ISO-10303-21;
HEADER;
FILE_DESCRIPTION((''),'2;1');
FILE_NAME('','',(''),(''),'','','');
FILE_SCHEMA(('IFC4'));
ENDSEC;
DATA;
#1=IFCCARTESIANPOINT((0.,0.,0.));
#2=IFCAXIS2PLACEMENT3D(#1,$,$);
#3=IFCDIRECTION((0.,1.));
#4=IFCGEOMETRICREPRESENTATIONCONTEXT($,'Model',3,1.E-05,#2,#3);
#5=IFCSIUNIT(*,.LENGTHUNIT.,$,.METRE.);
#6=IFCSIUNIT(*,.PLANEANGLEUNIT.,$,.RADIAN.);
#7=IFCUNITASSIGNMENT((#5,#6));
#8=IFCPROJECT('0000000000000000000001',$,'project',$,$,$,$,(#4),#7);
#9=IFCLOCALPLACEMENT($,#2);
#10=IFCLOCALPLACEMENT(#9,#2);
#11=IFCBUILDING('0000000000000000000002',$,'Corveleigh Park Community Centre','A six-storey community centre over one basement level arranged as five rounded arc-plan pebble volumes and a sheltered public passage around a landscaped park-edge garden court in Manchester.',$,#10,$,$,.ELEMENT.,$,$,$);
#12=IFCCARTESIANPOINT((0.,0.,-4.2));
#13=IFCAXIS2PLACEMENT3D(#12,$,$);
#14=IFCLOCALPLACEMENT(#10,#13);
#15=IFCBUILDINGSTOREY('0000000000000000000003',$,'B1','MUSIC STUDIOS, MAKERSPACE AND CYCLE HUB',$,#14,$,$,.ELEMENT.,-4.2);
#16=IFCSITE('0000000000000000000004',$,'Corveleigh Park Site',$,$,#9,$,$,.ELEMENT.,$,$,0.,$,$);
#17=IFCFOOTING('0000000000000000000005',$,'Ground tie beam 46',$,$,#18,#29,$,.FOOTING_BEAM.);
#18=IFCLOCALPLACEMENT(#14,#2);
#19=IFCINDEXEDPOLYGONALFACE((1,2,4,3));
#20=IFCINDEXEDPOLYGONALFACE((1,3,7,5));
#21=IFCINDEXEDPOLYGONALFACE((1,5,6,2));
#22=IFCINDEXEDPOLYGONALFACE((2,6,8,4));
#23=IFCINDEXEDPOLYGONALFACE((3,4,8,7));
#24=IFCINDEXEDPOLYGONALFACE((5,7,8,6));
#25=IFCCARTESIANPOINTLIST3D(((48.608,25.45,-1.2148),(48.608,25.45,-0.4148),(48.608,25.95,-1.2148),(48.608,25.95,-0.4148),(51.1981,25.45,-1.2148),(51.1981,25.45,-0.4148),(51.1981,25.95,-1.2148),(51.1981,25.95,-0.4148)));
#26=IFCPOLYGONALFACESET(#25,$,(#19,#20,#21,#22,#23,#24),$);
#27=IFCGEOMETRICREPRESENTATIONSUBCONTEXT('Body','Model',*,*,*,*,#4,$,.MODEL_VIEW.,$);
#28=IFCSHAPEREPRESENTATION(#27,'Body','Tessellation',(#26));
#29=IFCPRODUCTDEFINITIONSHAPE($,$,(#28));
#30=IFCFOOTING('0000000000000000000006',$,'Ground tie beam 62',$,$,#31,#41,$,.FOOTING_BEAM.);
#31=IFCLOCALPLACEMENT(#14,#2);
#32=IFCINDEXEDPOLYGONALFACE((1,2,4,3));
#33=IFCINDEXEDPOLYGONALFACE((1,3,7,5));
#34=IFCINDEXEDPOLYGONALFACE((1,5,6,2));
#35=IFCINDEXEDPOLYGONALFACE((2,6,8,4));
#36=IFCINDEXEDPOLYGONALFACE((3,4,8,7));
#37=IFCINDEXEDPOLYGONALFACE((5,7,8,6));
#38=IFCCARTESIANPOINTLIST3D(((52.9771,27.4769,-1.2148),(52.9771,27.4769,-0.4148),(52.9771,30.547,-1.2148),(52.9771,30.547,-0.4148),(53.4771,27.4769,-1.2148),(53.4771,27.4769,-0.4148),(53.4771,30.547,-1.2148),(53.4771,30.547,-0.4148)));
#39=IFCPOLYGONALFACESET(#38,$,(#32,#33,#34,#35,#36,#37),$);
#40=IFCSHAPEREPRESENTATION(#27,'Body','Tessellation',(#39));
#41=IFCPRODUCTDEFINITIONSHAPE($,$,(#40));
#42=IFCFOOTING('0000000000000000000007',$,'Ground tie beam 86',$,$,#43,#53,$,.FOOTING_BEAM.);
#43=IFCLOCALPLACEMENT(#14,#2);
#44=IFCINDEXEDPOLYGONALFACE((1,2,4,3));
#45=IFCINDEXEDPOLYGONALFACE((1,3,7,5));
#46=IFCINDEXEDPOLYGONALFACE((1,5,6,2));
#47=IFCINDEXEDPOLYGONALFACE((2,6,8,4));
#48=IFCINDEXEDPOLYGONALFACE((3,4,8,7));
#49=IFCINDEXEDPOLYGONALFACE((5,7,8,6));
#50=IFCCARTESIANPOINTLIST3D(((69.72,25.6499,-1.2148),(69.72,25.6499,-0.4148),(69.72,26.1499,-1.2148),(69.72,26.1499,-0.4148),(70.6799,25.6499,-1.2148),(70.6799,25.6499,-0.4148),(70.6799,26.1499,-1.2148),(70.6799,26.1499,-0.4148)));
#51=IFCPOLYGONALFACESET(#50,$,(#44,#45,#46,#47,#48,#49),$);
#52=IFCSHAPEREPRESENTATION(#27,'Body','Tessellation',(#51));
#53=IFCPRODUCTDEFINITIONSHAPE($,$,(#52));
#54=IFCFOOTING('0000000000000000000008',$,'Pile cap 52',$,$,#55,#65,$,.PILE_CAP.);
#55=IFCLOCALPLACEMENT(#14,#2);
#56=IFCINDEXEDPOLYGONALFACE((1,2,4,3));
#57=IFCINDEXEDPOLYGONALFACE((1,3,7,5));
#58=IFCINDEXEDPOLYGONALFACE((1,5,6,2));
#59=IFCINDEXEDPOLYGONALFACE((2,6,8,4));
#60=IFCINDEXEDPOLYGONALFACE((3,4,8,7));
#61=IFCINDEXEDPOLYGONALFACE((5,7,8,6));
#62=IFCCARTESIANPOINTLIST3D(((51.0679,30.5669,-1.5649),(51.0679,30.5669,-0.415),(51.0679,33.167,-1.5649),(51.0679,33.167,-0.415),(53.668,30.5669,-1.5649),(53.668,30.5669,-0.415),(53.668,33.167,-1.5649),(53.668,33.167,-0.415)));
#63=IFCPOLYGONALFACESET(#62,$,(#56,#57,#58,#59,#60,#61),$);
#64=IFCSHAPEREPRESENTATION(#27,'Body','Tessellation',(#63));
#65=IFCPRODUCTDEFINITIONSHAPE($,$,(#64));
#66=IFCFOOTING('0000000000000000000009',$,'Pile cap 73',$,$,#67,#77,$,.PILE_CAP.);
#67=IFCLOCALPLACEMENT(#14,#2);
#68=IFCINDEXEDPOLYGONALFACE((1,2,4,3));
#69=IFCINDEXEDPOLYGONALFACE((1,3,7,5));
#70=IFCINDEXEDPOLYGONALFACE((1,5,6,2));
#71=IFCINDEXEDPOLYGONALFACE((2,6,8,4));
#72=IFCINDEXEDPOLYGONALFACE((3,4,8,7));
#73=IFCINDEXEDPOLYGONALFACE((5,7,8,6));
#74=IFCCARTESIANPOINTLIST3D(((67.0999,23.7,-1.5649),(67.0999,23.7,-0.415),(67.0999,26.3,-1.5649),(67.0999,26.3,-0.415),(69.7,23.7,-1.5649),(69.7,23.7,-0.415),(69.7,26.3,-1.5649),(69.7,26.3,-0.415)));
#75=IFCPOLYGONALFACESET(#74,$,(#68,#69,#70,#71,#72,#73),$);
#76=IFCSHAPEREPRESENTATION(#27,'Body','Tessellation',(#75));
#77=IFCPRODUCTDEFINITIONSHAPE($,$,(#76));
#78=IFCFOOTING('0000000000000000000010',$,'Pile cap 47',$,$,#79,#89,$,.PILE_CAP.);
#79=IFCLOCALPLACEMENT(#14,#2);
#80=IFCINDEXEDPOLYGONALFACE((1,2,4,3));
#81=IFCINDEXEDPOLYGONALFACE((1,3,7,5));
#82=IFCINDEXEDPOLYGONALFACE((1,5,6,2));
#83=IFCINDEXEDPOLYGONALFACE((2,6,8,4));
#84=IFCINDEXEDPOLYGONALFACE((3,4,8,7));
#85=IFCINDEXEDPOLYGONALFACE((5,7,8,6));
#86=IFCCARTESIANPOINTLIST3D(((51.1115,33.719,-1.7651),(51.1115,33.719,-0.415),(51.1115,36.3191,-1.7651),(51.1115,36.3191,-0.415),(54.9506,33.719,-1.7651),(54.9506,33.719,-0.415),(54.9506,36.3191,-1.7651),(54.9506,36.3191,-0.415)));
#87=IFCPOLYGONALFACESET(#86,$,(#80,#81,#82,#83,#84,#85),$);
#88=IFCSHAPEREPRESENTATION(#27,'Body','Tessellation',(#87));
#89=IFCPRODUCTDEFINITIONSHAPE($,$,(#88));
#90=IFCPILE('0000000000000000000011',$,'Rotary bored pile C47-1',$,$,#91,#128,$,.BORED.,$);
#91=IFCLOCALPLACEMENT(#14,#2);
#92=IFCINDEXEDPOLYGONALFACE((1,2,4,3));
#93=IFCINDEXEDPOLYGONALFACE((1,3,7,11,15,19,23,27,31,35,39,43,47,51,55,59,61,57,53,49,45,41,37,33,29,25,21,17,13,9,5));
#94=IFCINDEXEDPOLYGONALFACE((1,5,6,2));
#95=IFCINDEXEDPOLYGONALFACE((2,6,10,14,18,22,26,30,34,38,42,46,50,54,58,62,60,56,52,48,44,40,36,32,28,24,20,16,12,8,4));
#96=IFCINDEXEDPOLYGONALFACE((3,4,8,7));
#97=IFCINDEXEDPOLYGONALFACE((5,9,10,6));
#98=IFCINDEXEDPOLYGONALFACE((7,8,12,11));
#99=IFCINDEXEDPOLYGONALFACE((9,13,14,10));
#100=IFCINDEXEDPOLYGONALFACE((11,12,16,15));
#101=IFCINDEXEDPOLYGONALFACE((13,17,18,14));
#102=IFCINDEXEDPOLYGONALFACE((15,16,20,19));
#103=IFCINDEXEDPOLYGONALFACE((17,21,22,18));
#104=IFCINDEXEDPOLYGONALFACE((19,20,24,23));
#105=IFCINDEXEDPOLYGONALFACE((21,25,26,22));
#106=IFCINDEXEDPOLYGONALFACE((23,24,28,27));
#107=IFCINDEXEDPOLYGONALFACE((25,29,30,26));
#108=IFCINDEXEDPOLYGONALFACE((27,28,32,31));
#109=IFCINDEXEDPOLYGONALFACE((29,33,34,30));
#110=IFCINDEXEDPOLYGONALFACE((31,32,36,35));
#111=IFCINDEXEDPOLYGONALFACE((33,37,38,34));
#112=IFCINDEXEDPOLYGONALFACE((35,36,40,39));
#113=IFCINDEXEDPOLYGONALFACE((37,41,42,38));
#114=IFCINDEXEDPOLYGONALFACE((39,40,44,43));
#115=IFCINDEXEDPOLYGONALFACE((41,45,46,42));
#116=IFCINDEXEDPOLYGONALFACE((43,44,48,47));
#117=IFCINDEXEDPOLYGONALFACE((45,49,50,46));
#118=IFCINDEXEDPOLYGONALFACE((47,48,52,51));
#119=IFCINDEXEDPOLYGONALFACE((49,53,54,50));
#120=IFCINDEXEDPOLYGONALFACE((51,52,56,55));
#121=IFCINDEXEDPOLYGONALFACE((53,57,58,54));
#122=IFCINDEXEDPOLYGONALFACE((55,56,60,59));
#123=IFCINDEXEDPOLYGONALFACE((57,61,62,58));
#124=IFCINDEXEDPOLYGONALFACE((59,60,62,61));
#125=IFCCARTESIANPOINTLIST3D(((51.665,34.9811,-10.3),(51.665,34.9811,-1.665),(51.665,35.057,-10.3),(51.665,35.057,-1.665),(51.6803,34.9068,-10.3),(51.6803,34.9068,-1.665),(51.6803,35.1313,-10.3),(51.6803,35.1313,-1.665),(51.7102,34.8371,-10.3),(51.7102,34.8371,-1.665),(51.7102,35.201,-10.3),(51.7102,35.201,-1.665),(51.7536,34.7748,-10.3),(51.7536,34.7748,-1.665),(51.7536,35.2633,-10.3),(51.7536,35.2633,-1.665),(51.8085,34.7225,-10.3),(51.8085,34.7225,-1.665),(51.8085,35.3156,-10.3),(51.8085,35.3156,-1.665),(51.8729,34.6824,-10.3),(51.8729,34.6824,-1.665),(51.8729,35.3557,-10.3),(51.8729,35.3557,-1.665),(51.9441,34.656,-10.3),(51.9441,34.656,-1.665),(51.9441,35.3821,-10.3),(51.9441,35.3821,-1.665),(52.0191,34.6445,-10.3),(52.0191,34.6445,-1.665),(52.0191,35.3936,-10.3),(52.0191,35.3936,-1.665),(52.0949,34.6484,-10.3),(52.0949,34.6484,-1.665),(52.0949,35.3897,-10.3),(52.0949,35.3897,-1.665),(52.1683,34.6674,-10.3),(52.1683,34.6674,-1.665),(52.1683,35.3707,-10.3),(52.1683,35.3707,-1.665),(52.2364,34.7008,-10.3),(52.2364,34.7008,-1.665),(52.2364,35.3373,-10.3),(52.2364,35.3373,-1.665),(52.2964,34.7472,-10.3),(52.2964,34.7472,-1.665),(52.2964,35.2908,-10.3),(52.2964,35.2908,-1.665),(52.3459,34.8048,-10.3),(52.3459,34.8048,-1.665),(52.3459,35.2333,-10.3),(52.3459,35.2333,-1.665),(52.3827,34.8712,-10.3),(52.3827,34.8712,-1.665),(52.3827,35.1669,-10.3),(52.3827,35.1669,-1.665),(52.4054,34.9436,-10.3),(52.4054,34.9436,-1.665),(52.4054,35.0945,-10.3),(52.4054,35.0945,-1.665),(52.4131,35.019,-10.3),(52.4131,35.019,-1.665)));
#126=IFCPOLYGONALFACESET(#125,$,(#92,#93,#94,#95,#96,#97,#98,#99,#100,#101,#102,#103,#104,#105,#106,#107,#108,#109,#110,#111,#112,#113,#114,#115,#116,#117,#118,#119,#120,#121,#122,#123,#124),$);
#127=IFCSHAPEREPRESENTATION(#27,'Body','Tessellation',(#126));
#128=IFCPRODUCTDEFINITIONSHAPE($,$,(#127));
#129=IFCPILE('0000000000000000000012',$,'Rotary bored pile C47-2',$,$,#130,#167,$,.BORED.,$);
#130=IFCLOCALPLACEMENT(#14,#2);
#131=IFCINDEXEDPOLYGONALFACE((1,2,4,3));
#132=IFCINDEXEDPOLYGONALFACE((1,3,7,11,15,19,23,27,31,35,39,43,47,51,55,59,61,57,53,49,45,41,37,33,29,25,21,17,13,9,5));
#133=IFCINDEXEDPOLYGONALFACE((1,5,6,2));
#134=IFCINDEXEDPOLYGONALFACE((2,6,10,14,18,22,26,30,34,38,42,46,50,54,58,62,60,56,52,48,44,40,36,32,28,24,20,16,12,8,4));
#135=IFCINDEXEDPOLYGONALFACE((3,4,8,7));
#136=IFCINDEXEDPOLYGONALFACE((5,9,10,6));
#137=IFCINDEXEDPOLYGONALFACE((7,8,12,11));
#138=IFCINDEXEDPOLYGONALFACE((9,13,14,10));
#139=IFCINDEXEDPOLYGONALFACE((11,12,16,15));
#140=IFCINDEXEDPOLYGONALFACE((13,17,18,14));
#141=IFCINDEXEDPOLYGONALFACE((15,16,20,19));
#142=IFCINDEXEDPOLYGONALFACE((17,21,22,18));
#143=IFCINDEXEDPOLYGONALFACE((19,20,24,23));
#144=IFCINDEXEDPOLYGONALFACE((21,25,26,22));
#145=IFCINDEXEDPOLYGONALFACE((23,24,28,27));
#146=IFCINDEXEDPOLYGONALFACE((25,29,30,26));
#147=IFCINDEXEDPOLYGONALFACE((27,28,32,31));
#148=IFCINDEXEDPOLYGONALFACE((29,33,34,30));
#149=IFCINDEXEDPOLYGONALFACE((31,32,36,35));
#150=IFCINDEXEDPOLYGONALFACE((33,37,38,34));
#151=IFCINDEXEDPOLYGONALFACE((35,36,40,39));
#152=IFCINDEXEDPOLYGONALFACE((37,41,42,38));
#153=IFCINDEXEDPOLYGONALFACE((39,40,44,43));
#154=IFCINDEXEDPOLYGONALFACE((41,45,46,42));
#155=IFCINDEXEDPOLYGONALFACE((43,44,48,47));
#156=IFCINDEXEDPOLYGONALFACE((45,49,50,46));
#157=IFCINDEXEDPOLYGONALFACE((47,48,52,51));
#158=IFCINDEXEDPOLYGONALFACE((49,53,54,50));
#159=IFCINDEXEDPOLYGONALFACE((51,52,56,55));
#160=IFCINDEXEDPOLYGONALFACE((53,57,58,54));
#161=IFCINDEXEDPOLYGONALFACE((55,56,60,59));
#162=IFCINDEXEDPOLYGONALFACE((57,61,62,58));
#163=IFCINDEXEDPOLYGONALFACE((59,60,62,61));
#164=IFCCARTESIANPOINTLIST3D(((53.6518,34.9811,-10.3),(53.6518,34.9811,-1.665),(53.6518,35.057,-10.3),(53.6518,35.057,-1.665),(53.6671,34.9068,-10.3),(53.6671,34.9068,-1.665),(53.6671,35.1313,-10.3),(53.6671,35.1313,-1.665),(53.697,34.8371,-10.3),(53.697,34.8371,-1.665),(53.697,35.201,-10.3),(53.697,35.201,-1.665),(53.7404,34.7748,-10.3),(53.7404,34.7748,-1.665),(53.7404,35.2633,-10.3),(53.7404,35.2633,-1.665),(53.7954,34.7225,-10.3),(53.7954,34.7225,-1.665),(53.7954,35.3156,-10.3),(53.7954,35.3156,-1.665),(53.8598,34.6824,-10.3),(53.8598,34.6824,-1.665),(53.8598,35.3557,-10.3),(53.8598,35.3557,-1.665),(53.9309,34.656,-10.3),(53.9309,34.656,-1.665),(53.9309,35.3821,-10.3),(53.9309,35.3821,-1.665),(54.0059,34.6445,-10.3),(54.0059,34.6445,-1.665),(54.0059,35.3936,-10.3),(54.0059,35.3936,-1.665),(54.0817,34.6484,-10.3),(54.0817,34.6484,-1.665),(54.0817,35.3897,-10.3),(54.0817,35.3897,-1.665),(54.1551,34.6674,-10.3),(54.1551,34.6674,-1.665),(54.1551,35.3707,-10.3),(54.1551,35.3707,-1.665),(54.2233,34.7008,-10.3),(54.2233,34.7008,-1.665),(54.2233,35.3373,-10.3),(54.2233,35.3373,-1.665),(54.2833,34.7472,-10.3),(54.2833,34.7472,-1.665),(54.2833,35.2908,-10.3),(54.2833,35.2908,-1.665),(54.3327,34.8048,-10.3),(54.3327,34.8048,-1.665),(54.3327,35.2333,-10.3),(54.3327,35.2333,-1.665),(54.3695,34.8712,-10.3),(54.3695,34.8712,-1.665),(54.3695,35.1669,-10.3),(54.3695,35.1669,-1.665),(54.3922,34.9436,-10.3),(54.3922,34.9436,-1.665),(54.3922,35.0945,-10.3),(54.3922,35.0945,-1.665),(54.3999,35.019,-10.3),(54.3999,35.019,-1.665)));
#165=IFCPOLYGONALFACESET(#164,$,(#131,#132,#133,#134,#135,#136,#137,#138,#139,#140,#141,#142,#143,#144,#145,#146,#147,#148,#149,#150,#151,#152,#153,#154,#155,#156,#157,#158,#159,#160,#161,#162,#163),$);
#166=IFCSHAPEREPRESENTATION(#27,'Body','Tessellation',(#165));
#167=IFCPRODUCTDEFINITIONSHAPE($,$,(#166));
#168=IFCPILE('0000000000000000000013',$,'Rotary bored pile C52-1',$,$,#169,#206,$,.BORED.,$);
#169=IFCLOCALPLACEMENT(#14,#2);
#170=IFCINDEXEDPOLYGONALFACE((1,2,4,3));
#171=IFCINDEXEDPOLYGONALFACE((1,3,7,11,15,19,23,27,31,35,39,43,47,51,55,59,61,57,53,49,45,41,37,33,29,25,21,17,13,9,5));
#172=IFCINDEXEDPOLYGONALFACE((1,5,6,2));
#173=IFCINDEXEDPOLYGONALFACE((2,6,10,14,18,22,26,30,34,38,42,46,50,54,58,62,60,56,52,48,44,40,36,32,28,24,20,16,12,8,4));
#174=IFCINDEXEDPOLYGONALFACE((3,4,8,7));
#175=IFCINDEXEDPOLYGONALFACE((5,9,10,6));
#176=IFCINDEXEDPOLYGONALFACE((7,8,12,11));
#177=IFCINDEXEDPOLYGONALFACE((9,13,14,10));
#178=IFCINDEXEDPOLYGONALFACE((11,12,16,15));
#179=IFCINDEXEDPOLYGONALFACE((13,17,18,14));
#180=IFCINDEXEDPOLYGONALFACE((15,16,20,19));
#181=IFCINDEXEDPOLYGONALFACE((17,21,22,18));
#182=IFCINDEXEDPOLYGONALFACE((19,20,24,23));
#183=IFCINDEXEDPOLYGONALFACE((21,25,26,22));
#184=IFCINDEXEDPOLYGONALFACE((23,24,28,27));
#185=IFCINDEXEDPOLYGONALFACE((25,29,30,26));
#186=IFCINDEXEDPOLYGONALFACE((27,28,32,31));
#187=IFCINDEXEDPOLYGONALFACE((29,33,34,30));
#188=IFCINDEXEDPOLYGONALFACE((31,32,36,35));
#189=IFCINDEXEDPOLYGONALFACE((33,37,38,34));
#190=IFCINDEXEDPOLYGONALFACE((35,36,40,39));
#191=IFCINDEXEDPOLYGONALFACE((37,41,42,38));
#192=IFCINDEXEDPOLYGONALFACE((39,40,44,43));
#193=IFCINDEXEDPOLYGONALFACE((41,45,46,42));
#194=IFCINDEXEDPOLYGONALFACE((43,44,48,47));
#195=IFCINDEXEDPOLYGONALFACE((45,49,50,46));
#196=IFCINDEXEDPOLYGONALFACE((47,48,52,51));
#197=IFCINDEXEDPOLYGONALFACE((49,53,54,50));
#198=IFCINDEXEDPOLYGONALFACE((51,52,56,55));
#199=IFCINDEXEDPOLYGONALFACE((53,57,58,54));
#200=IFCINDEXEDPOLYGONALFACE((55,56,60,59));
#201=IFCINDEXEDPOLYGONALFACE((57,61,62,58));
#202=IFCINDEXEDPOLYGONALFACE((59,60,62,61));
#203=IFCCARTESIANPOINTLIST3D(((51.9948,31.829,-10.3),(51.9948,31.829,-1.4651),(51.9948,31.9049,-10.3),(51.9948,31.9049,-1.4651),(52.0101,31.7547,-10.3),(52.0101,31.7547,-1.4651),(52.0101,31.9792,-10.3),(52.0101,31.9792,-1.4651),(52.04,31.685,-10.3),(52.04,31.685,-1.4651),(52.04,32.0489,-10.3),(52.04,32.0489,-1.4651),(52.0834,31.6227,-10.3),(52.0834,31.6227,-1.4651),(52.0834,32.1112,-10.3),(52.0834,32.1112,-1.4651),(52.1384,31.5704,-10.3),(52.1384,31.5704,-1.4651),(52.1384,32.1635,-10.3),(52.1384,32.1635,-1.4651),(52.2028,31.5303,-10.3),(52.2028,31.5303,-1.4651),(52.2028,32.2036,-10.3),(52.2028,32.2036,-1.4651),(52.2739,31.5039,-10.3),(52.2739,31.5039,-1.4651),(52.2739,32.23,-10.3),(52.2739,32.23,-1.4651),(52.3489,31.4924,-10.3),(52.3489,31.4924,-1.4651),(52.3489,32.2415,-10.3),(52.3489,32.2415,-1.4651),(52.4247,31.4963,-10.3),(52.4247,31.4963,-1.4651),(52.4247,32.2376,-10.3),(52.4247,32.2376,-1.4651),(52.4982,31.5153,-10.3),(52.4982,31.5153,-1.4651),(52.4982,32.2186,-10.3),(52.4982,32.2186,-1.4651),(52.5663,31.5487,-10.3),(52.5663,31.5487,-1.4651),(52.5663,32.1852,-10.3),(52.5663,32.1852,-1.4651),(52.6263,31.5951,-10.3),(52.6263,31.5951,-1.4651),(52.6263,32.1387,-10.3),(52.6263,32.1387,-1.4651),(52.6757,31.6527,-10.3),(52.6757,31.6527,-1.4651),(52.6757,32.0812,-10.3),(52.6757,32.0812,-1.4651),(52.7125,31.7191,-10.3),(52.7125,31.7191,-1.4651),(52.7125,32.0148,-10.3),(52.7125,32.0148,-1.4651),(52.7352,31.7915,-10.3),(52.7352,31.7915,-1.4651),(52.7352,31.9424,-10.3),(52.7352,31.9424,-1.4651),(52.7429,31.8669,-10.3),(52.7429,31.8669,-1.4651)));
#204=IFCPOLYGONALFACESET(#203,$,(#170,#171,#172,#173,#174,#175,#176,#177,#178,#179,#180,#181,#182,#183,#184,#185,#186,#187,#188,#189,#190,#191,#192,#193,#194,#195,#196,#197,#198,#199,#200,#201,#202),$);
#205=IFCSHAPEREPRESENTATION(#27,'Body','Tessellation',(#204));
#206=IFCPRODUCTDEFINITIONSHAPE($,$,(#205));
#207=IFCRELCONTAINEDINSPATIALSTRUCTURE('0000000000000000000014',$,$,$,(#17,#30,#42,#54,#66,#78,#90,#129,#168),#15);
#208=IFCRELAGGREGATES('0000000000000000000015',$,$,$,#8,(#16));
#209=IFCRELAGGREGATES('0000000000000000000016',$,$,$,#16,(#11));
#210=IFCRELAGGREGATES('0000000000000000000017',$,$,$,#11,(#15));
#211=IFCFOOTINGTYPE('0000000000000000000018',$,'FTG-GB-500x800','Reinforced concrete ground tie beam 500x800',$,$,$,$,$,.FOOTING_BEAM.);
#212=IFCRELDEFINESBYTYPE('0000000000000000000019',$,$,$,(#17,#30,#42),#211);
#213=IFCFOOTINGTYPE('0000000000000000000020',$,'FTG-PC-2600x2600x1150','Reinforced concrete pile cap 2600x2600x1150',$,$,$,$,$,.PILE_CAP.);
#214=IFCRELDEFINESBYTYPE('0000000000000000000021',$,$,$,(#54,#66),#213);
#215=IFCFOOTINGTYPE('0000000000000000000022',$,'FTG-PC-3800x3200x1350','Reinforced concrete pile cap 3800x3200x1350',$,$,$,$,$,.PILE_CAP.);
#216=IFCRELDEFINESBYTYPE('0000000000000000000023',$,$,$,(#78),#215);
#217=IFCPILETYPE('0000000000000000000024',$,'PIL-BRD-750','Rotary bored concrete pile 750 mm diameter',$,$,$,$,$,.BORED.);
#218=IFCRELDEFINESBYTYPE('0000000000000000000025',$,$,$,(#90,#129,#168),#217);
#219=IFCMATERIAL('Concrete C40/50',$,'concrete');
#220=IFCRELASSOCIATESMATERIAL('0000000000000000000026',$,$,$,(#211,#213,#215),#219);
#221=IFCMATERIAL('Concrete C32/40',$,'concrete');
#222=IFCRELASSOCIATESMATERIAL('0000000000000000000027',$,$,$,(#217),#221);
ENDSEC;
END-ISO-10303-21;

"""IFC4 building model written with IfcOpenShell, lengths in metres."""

from ifc_helpers import new_model, si_unit, direction, frame, origin, origin_2d, place, context, subcontext, project, spatial, rectangle, circle, extrude, material, material_profile, profile_set, type_object, element, save


model = new_model("IFC4")

# Units and contexts
model_context = context("Model", 3, precision=1e-05, world=origin(), true_north=direction((0.0, 1.0)))
body_context = subcontext(model_context, "Body", "Model", "MODEL_VIEW")
ifc_project = project(units=[si_unit("LENGTHUNIT", "METRE"), si_unit("PLANEANGLEUNIT", "RADIAN")], contexts=[model_context])

# Site, building, storey
site_placement = place(None, origin())
site = spatial("IfcSite", under=ifc_project, at=site_placement, Name="Corveleigh Park Site", CompositionType="ELEMENT", RefElevation=0.0)
building_placement = place(site_placement, origin())
building = spatial("IfcBuilding", under=site, at=building_placement, Name="Corveleigh Park Community Centre", Description="A six-storey community centre over one basement level arranged as five rounded arc-plan pebble volumes and a sheltered public passage around a landscaped park-edge garden court in Manchester.", CompositionType="ELEMENT")
storey_placement = place(building_placement, frame((0.0, 0.0, -4.2)))
storey = spatial("IfcBuildingStorey", under=building, at=storey_placement, Name="B1", Description="MUSIC STUDIOS, MAKERSPACE AND CYCLE HUB", CompositionType="ELEMENT", Elevation=-4.2)

# Footings
ifc_material_1 = material(Name="Concrete C40/50", Category="concrete")
footing_type_1 = type_object("IfcFootingType", Name="FTG-GB-500x800", Description="Reinforced concrete ground tie beam 500x800", PredefinedType="FOOTING_BEAM", material=ifc_material_1)
footing_1_placement = place(storey_placement, frame((49.9031, 25.7, -1.2148), z_axis=(0.0, 0.0, 1.0), x_axis=(1.0, 0.0, 0.0)))
element("IfcFooting", 1, at=footing_1_placement, inside=storey, type_object=footing_type_1, Name="Ground tie beam 46", PredefinedType="FOOTING_BEAM", context=body_context, shape_type="SweptSolid", body=[
    extrude(rectangle(XDim=2.5901, YDim=0.5, at=origin_2d()), origin(), (0.0, 0.0, 1.0), 0.8),
])
footing_2_placement = place(storey_placement, frame((53.2271, 29.012, -1.2148), z_axis=(0.0, 0.0, 1.0), x_axis=(1.0, 0.0, 0.0)))
element("IfcFooting", 2, at=footing_2_placement, inside=storey, type_object=footing_type_1, Name="Ground tie beam 62", PredefinedType="FOOTING_BEAM", context=body_context, shape_type="SweptSolid", body=[
    extrude(rectangle(XDim=0.5, YDim=3.0701, at=origin_2d()), origin(), (0.0, 0.0, 1.0), 0.8),
])
footing_3_placement = place(storey_placement, frame((70.2, 25.8999, -1.2148), z_axis=(0.0, 0.0, 1.0), x_axis=(1.0, 0.0, 0.0)))
element("IfcFooting", 3, at=footing_3_placement, inside=storey, type_object=footing_type_1, Name="Ground tie beam 86", PredefinedType="FOOTING_BEAM", context=body_context, shape_type="SweptSolid", body=[
    extrude(rectangle(XDim=0.96, YDim=0.5, at=origin_2d()), origin(), (0.0, 0.0, 1.0), 0.8),
])
footing_type_2 = type_object("IfcFootingType", Name="FTG-PC-2600x2600x1150", Description="Reinforced concrete pile cap 2600x2600x1150", PredefinedType="PILE_CAP", material=ifc_material_1)
for number, where, z_axis, x_axis, name in (
    (4, (52.3679, 31.8669, -1.5649), (0.0, 0.0, 1.0), (1.0, 0.0, 0.0), "Pile cap 52"),
    (5, (68.3999, 25.0, -1.5649), (0.0, 0.0, 1.0), (1.0, 0.0, 0.0), "Pile cap 73"),
):
    element("IfcFooting", number, at=place(storey_placement, frame(where, z_axis=z_axis, x_axis=x_axis)), inside=storey, type_object=footing_type_2, Name=name, PredefinedType="PILE_CAP", context=body_context, shape_type="SweptSolid", body=[
        extrude(rectangle(XDim=2.6001, YDim=2.6001, at=origin_2d()), origin(), (0.0, 0.0, 1.0), 1.1499),
    ])
footing_type_3 = type_object("IfcFootingType", Name="FTG-PC-3800x3200x1350", Description="Reinforced concrete pile cap 3800x3200x1350", PredefinedType="PILE_CAP", material=ifc_material_1)
footing_4_placement = place(storey_placement, frame((53.031, 35.019, -1.7651), z_axis=(0.0, 0.0, 1.0), x_axis=(1.0, 0.0, 0.0)))
element("IfcFooting", 6, at=footing_4_placement, inside=storey, type_object=footing_type_3, Name="Pile cap 47", PredefinedType="PILE_CAP", context=body_context, shape_type="SweptSolid", body=[
    extrude(rectangle(XDim=3.8391, YDim=2.6001, at=origin_2d()), origin(), (0.0, 0.0, 1.0), 1.3501),
])

# Piles
ifc_material_2 = material(Name="Concrete C32/40", Category="concrete")
ifc_material_profile_1 = material_profile(ifc_material_2, circle(Radius=0.375, at=origin_2d()), Name="BORED-PILE-750", Category="concrete")
ifc_profile_set_1 = profile_set([ifc_material_profile_1], Name="Concrete C32/40")
pile_type_1 = type_object("IfcPileType", Name="PIL-BRD-750", Description="Rotary bored concrete pile 750 mm diameter", PredefinedType="BORED", material=ifc_profile_set_1)
for number, where, z_axis, x_axis, name in (
    (7, (52.0381, 35.019, -1.665), (0.0, 0.0, -1.0), (1.0, 0.0, 0.0), "Rotary bored pile C47-1"),
    (8, (54.0249, 35.019, -1.665), (0.0, 0.0, -1.0), (1.0, 0.0, 0.0), "Rotary bored pile C47-2"),
):
    element("IfcPile", number, at=place(storey_placement, frame(where, z_axis=z_axis, x_axis=x_axis)), inside=storey, type_object=pile_type_1, Name=name, PredefinedType="BORED", context=body_context, shape_type="SweptSolid", body=[
        extrude(circle(Radius=0.375, at=origin_2d()), origin(), (0.0, 0.0, 1.0), 8.635),
    ])
for number, where, z_axis, x_axis, name in (
    (9, (52.3679, 31.8669, -1.4651), (0.0, 0.0, -1.0), (1.0, 0.0, 0.0), "Rotary bored pile C52-1"),
):
    element("IfcPile", number, at=place(storey_placement, frame(where, z_axis=z_axis, x_axis=x_axis)), inside=storey, type_object=pile_type_1, Name=name, PredefinedType="BORED", context=body_context, shape_type="SweptSolid", body=[
        extrude(circle(Radius=0.375, at=origin_2d()), origin(), (0.0, 0.0, 1.0), 8.835),
    ])

save(model, "model.ifc")
